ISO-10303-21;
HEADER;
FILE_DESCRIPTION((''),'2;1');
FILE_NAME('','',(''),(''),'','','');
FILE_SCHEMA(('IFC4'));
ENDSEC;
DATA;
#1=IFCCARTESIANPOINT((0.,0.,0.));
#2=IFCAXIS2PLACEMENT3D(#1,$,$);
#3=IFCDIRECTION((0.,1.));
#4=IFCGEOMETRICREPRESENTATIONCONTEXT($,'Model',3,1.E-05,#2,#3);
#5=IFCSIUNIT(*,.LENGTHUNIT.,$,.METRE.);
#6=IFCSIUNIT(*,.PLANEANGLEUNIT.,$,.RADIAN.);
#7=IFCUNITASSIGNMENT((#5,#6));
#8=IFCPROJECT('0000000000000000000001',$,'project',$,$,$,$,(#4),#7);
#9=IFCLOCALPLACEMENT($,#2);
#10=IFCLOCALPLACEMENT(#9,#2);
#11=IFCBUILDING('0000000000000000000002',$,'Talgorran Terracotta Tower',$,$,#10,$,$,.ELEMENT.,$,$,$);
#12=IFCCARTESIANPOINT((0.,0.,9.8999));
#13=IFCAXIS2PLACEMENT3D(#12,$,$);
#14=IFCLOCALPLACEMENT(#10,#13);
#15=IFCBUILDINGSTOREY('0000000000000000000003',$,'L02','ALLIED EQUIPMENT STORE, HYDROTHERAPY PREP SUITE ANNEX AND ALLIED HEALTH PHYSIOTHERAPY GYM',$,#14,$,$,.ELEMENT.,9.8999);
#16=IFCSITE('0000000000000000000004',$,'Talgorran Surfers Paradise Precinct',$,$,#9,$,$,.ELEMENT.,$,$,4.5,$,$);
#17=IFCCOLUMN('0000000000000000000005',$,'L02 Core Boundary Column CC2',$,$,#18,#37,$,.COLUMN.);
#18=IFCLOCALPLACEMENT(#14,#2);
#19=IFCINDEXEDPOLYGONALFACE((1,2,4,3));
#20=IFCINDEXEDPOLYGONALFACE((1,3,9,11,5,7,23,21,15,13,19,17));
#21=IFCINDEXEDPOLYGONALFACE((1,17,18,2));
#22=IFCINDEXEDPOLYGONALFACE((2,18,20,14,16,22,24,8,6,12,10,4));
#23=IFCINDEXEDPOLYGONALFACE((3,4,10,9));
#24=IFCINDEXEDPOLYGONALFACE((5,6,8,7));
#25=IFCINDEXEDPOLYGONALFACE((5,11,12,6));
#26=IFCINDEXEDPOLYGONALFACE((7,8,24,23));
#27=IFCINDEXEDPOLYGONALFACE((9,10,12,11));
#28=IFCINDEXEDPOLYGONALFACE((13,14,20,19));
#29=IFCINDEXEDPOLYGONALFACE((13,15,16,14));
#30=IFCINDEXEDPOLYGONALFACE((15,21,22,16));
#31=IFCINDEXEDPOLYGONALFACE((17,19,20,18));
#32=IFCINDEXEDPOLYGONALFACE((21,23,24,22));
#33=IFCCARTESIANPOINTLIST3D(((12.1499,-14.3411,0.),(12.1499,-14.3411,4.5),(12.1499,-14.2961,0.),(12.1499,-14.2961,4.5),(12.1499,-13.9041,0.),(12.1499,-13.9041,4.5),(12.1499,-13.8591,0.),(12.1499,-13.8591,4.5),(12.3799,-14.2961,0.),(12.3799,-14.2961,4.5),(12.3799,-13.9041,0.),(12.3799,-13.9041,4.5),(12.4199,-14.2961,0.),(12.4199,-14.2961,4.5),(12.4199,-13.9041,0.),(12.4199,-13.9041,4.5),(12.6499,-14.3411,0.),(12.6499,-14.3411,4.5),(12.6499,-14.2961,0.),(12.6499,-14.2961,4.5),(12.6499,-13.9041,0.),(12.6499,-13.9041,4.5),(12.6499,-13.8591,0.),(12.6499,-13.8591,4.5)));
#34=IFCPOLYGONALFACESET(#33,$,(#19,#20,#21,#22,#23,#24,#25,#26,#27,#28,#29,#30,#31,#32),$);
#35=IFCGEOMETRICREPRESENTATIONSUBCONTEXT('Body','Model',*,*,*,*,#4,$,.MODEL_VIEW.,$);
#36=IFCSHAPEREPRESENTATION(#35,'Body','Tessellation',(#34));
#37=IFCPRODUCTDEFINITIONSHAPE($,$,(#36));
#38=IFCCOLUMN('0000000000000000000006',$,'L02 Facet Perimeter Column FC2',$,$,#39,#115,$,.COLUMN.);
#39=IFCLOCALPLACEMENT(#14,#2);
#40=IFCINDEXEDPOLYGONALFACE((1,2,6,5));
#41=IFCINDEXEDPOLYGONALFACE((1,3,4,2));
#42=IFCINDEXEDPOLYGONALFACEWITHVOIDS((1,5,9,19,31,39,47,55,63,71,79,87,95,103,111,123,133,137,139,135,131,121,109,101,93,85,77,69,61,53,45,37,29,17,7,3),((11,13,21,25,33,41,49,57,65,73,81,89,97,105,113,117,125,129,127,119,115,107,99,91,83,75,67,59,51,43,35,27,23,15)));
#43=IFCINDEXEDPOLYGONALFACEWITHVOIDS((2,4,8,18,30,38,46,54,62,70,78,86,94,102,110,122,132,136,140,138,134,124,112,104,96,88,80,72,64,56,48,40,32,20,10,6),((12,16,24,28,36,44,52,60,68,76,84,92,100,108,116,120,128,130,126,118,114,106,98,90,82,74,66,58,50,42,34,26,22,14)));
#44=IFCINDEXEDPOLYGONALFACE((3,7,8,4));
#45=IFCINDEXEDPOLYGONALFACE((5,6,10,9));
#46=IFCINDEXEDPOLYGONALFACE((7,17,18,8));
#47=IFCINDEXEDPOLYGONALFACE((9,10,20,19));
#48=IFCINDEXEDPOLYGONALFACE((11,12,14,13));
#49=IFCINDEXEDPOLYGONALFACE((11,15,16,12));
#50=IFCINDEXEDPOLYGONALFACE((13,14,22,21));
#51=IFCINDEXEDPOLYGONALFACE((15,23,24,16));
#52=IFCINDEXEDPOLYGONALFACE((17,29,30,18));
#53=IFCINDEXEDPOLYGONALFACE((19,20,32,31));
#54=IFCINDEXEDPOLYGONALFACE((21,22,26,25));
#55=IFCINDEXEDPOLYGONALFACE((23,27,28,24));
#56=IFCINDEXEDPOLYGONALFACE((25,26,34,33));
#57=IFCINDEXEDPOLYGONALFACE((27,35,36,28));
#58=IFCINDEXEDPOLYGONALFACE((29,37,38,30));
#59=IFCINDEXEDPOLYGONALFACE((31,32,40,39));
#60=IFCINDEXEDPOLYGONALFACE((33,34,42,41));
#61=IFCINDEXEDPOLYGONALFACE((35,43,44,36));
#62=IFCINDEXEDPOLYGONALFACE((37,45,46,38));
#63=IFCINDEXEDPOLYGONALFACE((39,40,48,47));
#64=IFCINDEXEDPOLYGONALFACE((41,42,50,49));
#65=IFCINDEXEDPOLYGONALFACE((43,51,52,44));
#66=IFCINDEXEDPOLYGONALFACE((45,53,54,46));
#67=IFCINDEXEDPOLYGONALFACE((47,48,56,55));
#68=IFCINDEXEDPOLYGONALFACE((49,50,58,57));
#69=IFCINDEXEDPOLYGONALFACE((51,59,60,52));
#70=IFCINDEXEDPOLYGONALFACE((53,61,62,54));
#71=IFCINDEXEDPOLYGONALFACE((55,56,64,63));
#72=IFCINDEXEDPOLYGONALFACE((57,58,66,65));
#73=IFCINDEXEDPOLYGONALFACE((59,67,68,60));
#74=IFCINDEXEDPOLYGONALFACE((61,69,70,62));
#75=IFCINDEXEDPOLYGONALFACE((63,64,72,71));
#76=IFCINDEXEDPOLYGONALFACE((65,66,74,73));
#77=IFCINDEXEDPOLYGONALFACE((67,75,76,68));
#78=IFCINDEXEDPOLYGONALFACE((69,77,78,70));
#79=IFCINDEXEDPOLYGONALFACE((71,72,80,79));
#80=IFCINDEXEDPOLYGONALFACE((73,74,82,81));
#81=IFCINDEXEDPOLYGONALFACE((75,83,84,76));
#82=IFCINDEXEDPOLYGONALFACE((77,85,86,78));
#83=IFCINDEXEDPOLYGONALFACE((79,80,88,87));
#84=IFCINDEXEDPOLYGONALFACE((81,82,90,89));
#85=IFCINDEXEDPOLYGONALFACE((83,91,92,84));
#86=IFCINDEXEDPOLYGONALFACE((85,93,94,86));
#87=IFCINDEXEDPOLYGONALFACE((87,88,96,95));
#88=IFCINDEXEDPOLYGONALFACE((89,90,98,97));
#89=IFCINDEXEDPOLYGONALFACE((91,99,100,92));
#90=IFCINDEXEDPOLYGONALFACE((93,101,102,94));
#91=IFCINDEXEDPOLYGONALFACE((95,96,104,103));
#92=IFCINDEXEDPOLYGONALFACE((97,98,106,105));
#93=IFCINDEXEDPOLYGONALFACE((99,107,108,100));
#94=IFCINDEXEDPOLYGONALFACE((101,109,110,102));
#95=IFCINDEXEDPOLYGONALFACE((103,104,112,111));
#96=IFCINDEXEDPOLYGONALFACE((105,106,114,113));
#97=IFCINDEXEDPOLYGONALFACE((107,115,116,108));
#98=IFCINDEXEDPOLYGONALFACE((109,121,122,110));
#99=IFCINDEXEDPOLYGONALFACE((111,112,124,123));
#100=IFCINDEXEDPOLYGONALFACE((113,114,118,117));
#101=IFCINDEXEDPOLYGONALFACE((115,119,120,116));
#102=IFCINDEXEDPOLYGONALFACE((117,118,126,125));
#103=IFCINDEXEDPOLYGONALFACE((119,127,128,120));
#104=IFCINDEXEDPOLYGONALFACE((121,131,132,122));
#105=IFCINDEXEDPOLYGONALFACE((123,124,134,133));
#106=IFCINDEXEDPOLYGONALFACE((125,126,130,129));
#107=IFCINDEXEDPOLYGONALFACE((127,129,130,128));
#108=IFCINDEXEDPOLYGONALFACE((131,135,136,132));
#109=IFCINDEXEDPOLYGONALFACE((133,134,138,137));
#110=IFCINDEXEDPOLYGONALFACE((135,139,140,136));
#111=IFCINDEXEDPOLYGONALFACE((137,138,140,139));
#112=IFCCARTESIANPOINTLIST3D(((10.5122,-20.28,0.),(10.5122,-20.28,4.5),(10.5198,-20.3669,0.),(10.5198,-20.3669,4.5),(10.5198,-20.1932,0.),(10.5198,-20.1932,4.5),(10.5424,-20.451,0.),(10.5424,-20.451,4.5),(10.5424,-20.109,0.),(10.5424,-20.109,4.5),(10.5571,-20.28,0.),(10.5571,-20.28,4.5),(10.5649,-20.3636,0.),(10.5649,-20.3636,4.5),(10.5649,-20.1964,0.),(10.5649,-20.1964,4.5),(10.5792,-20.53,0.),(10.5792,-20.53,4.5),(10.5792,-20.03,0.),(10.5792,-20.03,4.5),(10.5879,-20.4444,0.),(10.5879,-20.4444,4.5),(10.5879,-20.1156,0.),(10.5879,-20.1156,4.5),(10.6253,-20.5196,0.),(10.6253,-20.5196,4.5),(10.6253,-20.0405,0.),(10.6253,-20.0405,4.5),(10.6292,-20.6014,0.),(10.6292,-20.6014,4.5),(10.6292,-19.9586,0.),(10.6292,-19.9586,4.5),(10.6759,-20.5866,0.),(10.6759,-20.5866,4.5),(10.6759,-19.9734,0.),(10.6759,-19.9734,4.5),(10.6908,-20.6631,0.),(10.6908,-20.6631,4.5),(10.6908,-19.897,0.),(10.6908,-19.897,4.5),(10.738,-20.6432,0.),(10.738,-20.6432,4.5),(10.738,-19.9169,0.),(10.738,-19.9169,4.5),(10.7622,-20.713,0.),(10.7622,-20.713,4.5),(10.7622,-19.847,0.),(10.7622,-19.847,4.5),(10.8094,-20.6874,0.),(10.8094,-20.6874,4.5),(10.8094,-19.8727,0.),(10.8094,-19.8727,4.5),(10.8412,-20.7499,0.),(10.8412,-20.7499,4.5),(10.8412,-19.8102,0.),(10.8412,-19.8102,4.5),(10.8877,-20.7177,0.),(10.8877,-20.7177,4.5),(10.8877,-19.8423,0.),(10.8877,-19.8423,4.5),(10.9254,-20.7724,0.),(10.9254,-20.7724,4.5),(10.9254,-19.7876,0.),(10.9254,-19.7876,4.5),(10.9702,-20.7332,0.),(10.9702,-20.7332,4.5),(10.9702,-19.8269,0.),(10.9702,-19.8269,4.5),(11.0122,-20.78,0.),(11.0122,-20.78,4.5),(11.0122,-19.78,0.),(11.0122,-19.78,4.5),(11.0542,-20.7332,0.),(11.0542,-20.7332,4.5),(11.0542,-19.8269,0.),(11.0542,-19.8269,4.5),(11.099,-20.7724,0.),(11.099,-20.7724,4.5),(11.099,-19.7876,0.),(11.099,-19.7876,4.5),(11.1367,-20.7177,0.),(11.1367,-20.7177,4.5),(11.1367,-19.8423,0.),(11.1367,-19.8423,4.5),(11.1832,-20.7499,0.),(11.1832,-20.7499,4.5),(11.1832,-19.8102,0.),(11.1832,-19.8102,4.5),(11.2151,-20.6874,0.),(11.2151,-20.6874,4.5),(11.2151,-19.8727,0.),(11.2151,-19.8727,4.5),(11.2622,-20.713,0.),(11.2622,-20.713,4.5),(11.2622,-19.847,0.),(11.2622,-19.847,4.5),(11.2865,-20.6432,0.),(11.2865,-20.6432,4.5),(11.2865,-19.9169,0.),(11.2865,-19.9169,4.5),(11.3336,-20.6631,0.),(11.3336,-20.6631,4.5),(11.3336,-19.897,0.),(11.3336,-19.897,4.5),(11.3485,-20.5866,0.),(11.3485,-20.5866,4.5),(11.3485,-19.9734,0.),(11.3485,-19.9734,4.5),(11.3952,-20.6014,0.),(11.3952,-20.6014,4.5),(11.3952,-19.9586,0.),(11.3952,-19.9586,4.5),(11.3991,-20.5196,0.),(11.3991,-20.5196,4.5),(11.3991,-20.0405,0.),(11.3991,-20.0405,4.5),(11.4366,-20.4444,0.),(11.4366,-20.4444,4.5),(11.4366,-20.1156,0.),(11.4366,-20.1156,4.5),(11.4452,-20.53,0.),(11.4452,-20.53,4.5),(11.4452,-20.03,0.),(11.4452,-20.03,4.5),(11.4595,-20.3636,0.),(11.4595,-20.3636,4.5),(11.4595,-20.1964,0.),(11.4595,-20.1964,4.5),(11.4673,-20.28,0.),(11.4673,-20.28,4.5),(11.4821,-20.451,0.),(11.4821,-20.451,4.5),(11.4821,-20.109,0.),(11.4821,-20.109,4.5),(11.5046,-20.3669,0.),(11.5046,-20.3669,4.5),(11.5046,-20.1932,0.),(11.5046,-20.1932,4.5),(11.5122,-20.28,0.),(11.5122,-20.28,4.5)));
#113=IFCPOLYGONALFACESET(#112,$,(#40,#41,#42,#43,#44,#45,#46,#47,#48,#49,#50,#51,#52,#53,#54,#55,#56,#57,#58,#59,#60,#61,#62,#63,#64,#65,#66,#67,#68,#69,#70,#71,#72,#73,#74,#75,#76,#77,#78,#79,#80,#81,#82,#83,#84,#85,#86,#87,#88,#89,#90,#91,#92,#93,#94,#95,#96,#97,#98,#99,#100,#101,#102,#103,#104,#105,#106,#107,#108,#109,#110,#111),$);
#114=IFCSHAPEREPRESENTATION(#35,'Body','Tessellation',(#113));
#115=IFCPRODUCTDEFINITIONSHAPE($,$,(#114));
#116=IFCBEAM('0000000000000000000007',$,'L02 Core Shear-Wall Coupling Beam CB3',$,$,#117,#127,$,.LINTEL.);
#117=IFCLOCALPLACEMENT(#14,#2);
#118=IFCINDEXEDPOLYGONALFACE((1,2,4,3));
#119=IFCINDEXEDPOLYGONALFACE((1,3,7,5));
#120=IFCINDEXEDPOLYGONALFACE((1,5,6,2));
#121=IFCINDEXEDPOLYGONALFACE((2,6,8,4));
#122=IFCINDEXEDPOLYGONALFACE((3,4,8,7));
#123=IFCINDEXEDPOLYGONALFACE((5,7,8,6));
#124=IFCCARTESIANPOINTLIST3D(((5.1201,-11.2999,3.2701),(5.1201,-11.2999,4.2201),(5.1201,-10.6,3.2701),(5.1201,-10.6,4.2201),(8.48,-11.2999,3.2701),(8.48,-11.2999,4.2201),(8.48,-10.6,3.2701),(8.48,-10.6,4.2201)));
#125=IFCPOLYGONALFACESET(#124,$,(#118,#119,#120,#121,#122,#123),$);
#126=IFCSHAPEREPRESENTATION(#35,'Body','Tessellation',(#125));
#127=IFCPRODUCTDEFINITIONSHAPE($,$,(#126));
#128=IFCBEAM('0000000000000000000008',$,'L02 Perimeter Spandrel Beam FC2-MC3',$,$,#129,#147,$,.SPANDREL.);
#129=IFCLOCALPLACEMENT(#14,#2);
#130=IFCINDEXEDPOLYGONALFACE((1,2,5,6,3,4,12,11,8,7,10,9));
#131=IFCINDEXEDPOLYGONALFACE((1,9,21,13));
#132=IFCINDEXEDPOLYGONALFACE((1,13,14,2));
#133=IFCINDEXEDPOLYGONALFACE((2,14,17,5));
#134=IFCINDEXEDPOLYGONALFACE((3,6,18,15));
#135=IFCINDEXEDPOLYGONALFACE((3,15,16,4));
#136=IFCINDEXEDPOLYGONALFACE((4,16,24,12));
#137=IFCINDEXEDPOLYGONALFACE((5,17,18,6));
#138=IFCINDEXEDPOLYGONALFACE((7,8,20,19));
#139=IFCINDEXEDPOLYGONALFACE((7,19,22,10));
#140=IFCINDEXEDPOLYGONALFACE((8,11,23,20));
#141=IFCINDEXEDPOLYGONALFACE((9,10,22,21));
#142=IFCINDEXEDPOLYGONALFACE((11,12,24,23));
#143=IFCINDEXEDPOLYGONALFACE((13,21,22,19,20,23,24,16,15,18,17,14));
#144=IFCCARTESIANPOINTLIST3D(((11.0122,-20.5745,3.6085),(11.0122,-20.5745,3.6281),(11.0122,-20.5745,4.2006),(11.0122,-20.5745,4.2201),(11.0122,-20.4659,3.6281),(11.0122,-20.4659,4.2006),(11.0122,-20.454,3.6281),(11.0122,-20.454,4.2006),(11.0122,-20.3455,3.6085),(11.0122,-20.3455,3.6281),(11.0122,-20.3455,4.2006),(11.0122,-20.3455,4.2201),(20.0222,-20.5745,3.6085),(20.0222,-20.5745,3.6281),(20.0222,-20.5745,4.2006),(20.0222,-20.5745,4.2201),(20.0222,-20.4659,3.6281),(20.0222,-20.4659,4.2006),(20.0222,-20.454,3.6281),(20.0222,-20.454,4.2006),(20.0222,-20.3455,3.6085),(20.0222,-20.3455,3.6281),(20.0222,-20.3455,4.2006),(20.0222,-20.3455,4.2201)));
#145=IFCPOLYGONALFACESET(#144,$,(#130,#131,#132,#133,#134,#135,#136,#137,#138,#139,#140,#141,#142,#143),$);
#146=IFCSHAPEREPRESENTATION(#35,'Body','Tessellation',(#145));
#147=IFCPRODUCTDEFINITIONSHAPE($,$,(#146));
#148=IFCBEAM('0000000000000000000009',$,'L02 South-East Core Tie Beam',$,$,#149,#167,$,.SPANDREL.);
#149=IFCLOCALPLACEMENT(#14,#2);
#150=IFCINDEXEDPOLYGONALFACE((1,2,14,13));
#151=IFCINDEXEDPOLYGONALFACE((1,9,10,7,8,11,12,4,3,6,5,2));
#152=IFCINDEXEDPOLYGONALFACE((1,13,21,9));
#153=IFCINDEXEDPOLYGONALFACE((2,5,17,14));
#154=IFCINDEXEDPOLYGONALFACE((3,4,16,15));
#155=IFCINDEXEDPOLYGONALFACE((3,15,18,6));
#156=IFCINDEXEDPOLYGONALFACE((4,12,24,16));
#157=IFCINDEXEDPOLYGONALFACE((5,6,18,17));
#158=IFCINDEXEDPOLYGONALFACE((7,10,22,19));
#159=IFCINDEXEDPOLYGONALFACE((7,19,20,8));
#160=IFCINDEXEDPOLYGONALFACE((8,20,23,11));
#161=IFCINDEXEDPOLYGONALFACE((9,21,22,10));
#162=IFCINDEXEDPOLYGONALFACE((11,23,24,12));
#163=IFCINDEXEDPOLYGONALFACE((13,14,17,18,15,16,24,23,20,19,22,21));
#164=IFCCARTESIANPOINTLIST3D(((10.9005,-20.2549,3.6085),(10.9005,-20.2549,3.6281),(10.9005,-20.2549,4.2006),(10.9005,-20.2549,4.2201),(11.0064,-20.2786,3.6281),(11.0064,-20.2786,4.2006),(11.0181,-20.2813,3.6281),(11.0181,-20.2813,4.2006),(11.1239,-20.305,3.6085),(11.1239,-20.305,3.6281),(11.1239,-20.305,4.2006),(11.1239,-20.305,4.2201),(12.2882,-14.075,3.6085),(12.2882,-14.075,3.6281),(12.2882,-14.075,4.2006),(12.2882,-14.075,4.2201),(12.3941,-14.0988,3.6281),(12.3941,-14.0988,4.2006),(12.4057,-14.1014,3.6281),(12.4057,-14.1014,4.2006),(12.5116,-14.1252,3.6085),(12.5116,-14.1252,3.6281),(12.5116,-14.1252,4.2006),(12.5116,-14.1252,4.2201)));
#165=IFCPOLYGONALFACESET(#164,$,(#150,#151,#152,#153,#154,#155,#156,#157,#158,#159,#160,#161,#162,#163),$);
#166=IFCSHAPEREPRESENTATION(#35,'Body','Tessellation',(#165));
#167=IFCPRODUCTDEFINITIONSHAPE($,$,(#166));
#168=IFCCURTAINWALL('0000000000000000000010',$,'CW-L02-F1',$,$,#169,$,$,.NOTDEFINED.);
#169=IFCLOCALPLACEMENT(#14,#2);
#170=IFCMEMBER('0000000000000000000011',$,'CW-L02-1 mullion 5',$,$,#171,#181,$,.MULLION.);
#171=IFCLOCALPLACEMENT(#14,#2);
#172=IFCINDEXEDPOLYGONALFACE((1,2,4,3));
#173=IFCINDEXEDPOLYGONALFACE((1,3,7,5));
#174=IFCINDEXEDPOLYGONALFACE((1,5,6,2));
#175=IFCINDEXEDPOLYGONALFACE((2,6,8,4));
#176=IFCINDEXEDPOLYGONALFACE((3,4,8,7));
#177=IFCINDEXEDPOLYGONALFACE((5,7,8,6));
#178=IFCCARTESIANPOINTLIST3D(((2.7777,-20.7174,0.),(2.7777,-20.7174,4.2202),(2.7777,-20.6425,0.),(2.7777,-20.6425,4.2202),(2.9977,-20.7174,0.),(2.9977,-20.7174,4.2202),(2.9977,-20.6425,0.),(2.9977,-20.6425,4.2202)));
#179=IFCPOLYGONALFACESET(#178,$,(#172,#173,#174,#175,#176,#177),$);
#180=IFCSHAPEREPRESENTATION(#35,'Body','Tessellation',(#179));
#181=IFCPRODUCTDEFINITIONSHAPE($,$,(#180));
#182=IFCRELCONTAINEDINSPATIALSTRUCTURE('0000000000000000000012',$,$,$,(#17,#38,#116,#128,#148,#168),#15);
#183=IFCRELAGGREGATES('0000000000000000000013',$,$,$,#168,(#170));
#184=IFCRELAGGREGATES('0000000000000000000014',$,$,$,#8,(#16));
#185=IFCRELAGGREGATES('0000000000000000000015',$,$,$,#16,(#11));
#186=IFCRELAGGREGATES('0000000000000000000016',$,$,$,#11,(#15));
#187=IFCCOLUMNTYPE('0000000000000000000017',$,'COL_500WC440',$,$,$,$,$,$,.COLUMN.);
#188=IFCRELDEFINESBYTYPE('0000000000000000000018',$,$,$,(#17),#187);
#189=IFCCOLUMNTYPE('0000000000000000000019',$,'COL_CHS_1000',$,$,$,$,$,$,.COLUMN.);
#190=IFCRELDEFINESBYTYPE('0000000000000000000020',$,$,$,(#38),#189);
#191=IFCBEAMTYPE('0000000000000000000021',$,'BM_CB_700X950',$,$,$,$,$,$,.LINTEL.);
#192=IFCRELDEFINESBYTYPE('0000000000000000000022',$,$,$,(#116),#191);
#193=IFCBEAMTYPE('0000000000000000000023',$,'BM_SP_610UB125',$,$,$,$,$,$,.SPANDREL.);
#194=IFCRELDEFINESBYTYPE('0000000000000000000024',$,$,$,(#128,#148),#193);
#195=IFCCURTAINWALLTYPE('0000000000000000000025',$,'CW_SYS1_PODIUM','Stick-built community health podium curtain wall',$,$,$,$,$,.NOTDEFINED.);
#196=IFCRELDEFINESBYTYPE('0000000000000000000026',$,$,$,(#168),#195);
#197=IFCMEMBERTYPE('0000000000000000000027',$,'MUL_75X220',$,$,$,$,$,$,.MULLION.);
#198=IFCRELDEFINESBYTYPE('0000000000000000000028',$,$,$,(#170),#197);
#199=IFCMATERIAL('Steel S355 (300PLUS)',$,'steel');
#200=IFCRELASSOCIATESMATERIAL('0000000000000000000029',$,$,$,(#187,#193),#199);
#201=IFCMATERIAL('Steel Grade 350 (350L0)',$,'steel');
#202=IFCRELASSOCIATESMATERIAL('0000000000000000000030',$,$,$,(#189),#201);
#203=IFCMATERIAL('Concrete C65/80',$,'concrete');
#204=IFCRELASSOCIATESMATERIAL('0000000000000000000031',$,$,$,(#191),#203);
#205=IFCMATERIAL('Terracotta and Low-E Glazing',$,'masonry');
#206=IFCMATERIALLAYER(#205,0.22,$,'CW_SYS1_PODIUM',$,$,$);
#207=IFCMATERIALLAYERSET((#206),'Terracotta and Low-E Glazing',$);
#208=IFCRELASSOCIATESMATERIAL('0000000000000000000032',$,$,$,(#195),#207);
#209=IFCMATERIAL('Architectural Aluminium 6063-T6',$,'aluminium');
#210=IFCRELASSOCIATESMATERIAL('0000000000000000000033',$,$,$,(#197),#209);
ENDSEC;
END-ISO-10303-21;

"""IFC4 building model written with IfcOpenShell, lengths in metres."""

from ifc_helpers import new_model, si_unit, direction, frame, origin, origin_2d, place, context, subcontext, project, spatial, rectangle, hollow_circle, i_section, extrude, material, layer, layer_set, material_profile, profile_set, type_object, element, aggregate, save


model = new_model("IFC4")

# Units and contexts
model_context = context("Model", 3, precision=1e-05, world=origin(), true_north=direction((0.0, 1.0)))
body_context = subcontext(model_context, "Body", "Model", "MODEL_VIEW")
ifc_project = project(units=[si_unit("LENGTHUNIT", "METRE"), si_unit("PLANEANGLEUNIT", "RADIAN")], contexts=[model_context])

# Site, building, storey
site_placement = place(None, origin())
site = spatial("IfcSite", under=ifc_project, at=site_placement, Name="Talgorran Surfers Paradise Precinct", CompositionType="ELEMENT", RefElevation=4.5)
building_placement = place(site_placement, origin())
building = spatial("IfcBuilding", under=site, at=building_placement, Name="Talgorran Terracotta Tower", CompositionType="ELEMENT")
storey_placement = place(building_placement, frame((0.0, 0.0, 9.8999)))
storey = spatial("IfcBuildingStorey", under=building, at=storey_placement, Name="L02", Description="ALLIED EQUIPMENT STORE, HYDROTHERAPY PREP SUITE ANNEX AND ALLIED HEALTH PHYSIOTHERAPY GYM", CompositionType="ELEMENT", Elevation=9.8999)

# Columns
ifc_material_1 = material(Name="Steel S355 (300PLUS)", Category="steel")
ifc_material_profile_1 = material_profile(ifc_material_1, i_section(OverallWidth=0.5, OverallDepth=0.4819, WebThickness=0.04, FlangeThickness=0.0449, at=origin_2d()), Name="500WC440")
ifc_profile_set_1 = profile_set([ifc_material_profile_1], Name="Steel S355 (300PLUS)")
column_type_1 = type_object("IfcColumnType", Name="COL_500WC440", PredefinedType="COLUMN", material=ifc_profile_set_1)
column_1_placement = place(storey_placement, frame((12.3999, -14.1001, 0.0), z_axis=(0.0, 0.0, 1.0), x_axis=(1.0, 0.0, 0.0)))
element("IfcColumn", 1, at=column_1_placement, inside=storey, type_object=column_type_1, Name="L02 Core Boundary Column CC2", PredefinedType="COLUMN", context=body_context, shape_type="SweptSolid", body=[
    extrude(i_section(OverallWidth=0.5, OverallDepth=0.4819, WebThickness=0.04, FlangeThickness=0.0449, at=origin_2d()), origin(), (0.0, 0.0, 1.0), 4.5),
])
ifc_material_2 = material(Name="Steel Grade 350 (350L0)", Category="steel")
ifc_material_profile_2 = material_profile(ifc_material_2, hollow_circle(Radius=0.5, WallThickness=0.0449, at=origin_2d()), Name="CHS1000X45")
ifc_profile_set_2 = profile_set([ifc_material_profile_2], Name="Steel Grade 350 (350L0)")
column_type_2 = type_object("IfcColumnType", Name="COL_CHS_1000", PredefinedType="COLUMN", material=ifc_profile_set_2)
column_2_placement = place(storey_placement, frame((11.0122, -20.28, 0.0), z_axis=(0.0, 0.0, 1.0), x_axis=(1.0, 0.0, 0.0)))
element("IfcColumn", 2, at=column_2_placement, inside=storey, type_object=column_type_2, Name="L02 Facet Perimeter Column FC2", PredefinedType="COLUMN", context=body_context, shape_type="SweptSolid", body=[
    extrude(hollow_circle(Radius=0.5, WallThickness=0.0449, at=origin_2d()), origin(), (0.0, 0.0, 1.0), 4.5),
])

# Beams
ifc_material_3 = material(Name="Concrete C65/80", Category="concrete")
ifc_material_profile_3 = material_profile(ifc_material_3, rectangle(XDim=0.7, YDim=0.95, at=origin_2d()), Name="RCCB700X950")
ifc_profile_set_3 = profile_set([ifc_material_profile_3], Name="Concrete C65/80")
beam_type_1 = type_object("IfcBeamType", Name="BM_CB_700X950", PredefinedType="LINTEL", material=ifc_profile_set_3)
beam_1_placement = place(storey_placement, frame((5.1201, -10.95, 3.7451), z_axis=(1.0, 0.0, 0.0), x_axis=(0.0, 1.0, 0.0)))
element("IfcBeam", 3, at=beam_1_placement, inside=storey, type_object=beam_type_1, Name="L02 Core Shear-Wall Coupling Beam CB3", PredefinedType="LINTEL", context=body_context, shape_type="SweptSolid", body=[
    extrude(rectangle(XDim=0.7, YDim=0.95, at=origin_2d()), origin(), (0.0, 0.0, 1.0), 3.3599),
])
ifc_material_profile_4 = material_profile(ifc_material_1, i_section(OverallWidth=0.229, OverallDepth=0.6116, WebThickness=0.012, FlangeThickness=0.0195, at=origin_2d()), Name="610UB125")
ifc_profile_set_4 = profile_set([ifc_material_profile_4], Name="Steel S355 (300PLUS)")
beam_type_2 = type_object("IfcBeamType", Name="BM_SP_610UB125", PredefinedType="SPANDREL", material=ifc_profile_set_4)
beam_2_placement = place(storey_placement, frame((11.0122, -20.46, 3.9143), z_axis=(1.0, 0.0, 0.0), x_axis=(0.0, 1.0, 0.0)))
element("IfcBeam", 4, at=beam_2_placement, inside=storey, type_object=beam_type_2, Name="L02 Perimeter Spandrel Beam FC2-MC3", PredefinedType="SPANDREL", context=body_context, shape_type="SweptSolid", body=[
    extrude(i_section(OverallWidth=0.229, OverallDepth=0.6116, WebThickness=0.012, FlangeThickness=0.0195, at=origin_2d()), origin(), (0.0, 0.0, 1.0), 9.01),
])
beam_3_placement = place(storey_placement, frame((12.3999, -14.1001, 3.9143), z_axis=(-0.219093, -0.975704, 0.0), x_axis=(0.975704, -0.219093, 0.0)))
element("IfcBeam", 5, at=beam_3_placement, inside=storey, type_object=beam_type_2, Name="L02 South-East Core Tie Beam", PredefinedType="SPANDREL", context=body_context, shape_type="SweptSolid", body=[
    extrude(i_section(OverallWidth=0.229, OverallDepth=0.6116, WebThickness=0.012, FlangeThickness=0.0195, at=origin_2d()), origin(), (0.0, 0.0, 1.0), 6.3337),
])

# Curtain wall, member
ifc_material_4 = material(Name="Terracotta and Low-E Glazing", Category="masonry")
ifc_layer_1 = layer(ifc_material_4, 0.22, Name="CW_SYS1_PODIUM")
ifc_layer_set_1 = layer_set([ifc_layer_1], Name="Terracotta and Low-E Glazing")
curtain_wall_type = type_object("IfcCurtainWallType", Name="CW_SYS1_PODIUM", Description="Stick-built community health podium curtain wall", PredefinedType="NOTDEFINED", material=ifc_layer_set_1)
curtain_wall_placement = place(storey_placement, origin())
curtain_wall = element("IfcCurtainWall", 6, at=curtain_wall_placement, inside=storey, type_object=curtain_wall_type, Name="CW-L02-F1", PredefinedType="NOTDEFINED")
ifc_material_5 = material(Name="Architectural Aluminium 6063-T6", Category="aluminium")
ifc_material_profile_5 = material_profile(ifc_material_5, rectangle(XDim=0.075, YDim=0.22, at=origin_2d()), Name="CWM75X220")
ifc_profile_set_5 = profile_set([ifc_material_profile_5], Name="Architectural Aluminium 6063-T6")
member_type_1 = type_object("IfcMemberType", Name="MUL_75X220", PredefinedType="MULLION", material=ifc_profile_set_5)
member_1_placement = place(storey_placement, frame((2.8877, -20.6799, 0.0), z_axis=(0.0, 0.0, 1.0), x_axis=(0.0, 1.0, 0.0)))
member_1 = element("IfcMember", 7, at=member_1_placement, type_object=member_type_1, Name="CW-L02-1 mullion 5", PredefinedType="MULLION", context=body_context, shape_type="SweptSolid", body=[
    extrude(rectangle(XDim=0.075, YDim=0.22, at=origin_2d()), origin(), (0.0, 0.0, 1.0), 4.2202),
])
aggregate(curtain_wall, [member_1])

save(model, "model.ifc")
